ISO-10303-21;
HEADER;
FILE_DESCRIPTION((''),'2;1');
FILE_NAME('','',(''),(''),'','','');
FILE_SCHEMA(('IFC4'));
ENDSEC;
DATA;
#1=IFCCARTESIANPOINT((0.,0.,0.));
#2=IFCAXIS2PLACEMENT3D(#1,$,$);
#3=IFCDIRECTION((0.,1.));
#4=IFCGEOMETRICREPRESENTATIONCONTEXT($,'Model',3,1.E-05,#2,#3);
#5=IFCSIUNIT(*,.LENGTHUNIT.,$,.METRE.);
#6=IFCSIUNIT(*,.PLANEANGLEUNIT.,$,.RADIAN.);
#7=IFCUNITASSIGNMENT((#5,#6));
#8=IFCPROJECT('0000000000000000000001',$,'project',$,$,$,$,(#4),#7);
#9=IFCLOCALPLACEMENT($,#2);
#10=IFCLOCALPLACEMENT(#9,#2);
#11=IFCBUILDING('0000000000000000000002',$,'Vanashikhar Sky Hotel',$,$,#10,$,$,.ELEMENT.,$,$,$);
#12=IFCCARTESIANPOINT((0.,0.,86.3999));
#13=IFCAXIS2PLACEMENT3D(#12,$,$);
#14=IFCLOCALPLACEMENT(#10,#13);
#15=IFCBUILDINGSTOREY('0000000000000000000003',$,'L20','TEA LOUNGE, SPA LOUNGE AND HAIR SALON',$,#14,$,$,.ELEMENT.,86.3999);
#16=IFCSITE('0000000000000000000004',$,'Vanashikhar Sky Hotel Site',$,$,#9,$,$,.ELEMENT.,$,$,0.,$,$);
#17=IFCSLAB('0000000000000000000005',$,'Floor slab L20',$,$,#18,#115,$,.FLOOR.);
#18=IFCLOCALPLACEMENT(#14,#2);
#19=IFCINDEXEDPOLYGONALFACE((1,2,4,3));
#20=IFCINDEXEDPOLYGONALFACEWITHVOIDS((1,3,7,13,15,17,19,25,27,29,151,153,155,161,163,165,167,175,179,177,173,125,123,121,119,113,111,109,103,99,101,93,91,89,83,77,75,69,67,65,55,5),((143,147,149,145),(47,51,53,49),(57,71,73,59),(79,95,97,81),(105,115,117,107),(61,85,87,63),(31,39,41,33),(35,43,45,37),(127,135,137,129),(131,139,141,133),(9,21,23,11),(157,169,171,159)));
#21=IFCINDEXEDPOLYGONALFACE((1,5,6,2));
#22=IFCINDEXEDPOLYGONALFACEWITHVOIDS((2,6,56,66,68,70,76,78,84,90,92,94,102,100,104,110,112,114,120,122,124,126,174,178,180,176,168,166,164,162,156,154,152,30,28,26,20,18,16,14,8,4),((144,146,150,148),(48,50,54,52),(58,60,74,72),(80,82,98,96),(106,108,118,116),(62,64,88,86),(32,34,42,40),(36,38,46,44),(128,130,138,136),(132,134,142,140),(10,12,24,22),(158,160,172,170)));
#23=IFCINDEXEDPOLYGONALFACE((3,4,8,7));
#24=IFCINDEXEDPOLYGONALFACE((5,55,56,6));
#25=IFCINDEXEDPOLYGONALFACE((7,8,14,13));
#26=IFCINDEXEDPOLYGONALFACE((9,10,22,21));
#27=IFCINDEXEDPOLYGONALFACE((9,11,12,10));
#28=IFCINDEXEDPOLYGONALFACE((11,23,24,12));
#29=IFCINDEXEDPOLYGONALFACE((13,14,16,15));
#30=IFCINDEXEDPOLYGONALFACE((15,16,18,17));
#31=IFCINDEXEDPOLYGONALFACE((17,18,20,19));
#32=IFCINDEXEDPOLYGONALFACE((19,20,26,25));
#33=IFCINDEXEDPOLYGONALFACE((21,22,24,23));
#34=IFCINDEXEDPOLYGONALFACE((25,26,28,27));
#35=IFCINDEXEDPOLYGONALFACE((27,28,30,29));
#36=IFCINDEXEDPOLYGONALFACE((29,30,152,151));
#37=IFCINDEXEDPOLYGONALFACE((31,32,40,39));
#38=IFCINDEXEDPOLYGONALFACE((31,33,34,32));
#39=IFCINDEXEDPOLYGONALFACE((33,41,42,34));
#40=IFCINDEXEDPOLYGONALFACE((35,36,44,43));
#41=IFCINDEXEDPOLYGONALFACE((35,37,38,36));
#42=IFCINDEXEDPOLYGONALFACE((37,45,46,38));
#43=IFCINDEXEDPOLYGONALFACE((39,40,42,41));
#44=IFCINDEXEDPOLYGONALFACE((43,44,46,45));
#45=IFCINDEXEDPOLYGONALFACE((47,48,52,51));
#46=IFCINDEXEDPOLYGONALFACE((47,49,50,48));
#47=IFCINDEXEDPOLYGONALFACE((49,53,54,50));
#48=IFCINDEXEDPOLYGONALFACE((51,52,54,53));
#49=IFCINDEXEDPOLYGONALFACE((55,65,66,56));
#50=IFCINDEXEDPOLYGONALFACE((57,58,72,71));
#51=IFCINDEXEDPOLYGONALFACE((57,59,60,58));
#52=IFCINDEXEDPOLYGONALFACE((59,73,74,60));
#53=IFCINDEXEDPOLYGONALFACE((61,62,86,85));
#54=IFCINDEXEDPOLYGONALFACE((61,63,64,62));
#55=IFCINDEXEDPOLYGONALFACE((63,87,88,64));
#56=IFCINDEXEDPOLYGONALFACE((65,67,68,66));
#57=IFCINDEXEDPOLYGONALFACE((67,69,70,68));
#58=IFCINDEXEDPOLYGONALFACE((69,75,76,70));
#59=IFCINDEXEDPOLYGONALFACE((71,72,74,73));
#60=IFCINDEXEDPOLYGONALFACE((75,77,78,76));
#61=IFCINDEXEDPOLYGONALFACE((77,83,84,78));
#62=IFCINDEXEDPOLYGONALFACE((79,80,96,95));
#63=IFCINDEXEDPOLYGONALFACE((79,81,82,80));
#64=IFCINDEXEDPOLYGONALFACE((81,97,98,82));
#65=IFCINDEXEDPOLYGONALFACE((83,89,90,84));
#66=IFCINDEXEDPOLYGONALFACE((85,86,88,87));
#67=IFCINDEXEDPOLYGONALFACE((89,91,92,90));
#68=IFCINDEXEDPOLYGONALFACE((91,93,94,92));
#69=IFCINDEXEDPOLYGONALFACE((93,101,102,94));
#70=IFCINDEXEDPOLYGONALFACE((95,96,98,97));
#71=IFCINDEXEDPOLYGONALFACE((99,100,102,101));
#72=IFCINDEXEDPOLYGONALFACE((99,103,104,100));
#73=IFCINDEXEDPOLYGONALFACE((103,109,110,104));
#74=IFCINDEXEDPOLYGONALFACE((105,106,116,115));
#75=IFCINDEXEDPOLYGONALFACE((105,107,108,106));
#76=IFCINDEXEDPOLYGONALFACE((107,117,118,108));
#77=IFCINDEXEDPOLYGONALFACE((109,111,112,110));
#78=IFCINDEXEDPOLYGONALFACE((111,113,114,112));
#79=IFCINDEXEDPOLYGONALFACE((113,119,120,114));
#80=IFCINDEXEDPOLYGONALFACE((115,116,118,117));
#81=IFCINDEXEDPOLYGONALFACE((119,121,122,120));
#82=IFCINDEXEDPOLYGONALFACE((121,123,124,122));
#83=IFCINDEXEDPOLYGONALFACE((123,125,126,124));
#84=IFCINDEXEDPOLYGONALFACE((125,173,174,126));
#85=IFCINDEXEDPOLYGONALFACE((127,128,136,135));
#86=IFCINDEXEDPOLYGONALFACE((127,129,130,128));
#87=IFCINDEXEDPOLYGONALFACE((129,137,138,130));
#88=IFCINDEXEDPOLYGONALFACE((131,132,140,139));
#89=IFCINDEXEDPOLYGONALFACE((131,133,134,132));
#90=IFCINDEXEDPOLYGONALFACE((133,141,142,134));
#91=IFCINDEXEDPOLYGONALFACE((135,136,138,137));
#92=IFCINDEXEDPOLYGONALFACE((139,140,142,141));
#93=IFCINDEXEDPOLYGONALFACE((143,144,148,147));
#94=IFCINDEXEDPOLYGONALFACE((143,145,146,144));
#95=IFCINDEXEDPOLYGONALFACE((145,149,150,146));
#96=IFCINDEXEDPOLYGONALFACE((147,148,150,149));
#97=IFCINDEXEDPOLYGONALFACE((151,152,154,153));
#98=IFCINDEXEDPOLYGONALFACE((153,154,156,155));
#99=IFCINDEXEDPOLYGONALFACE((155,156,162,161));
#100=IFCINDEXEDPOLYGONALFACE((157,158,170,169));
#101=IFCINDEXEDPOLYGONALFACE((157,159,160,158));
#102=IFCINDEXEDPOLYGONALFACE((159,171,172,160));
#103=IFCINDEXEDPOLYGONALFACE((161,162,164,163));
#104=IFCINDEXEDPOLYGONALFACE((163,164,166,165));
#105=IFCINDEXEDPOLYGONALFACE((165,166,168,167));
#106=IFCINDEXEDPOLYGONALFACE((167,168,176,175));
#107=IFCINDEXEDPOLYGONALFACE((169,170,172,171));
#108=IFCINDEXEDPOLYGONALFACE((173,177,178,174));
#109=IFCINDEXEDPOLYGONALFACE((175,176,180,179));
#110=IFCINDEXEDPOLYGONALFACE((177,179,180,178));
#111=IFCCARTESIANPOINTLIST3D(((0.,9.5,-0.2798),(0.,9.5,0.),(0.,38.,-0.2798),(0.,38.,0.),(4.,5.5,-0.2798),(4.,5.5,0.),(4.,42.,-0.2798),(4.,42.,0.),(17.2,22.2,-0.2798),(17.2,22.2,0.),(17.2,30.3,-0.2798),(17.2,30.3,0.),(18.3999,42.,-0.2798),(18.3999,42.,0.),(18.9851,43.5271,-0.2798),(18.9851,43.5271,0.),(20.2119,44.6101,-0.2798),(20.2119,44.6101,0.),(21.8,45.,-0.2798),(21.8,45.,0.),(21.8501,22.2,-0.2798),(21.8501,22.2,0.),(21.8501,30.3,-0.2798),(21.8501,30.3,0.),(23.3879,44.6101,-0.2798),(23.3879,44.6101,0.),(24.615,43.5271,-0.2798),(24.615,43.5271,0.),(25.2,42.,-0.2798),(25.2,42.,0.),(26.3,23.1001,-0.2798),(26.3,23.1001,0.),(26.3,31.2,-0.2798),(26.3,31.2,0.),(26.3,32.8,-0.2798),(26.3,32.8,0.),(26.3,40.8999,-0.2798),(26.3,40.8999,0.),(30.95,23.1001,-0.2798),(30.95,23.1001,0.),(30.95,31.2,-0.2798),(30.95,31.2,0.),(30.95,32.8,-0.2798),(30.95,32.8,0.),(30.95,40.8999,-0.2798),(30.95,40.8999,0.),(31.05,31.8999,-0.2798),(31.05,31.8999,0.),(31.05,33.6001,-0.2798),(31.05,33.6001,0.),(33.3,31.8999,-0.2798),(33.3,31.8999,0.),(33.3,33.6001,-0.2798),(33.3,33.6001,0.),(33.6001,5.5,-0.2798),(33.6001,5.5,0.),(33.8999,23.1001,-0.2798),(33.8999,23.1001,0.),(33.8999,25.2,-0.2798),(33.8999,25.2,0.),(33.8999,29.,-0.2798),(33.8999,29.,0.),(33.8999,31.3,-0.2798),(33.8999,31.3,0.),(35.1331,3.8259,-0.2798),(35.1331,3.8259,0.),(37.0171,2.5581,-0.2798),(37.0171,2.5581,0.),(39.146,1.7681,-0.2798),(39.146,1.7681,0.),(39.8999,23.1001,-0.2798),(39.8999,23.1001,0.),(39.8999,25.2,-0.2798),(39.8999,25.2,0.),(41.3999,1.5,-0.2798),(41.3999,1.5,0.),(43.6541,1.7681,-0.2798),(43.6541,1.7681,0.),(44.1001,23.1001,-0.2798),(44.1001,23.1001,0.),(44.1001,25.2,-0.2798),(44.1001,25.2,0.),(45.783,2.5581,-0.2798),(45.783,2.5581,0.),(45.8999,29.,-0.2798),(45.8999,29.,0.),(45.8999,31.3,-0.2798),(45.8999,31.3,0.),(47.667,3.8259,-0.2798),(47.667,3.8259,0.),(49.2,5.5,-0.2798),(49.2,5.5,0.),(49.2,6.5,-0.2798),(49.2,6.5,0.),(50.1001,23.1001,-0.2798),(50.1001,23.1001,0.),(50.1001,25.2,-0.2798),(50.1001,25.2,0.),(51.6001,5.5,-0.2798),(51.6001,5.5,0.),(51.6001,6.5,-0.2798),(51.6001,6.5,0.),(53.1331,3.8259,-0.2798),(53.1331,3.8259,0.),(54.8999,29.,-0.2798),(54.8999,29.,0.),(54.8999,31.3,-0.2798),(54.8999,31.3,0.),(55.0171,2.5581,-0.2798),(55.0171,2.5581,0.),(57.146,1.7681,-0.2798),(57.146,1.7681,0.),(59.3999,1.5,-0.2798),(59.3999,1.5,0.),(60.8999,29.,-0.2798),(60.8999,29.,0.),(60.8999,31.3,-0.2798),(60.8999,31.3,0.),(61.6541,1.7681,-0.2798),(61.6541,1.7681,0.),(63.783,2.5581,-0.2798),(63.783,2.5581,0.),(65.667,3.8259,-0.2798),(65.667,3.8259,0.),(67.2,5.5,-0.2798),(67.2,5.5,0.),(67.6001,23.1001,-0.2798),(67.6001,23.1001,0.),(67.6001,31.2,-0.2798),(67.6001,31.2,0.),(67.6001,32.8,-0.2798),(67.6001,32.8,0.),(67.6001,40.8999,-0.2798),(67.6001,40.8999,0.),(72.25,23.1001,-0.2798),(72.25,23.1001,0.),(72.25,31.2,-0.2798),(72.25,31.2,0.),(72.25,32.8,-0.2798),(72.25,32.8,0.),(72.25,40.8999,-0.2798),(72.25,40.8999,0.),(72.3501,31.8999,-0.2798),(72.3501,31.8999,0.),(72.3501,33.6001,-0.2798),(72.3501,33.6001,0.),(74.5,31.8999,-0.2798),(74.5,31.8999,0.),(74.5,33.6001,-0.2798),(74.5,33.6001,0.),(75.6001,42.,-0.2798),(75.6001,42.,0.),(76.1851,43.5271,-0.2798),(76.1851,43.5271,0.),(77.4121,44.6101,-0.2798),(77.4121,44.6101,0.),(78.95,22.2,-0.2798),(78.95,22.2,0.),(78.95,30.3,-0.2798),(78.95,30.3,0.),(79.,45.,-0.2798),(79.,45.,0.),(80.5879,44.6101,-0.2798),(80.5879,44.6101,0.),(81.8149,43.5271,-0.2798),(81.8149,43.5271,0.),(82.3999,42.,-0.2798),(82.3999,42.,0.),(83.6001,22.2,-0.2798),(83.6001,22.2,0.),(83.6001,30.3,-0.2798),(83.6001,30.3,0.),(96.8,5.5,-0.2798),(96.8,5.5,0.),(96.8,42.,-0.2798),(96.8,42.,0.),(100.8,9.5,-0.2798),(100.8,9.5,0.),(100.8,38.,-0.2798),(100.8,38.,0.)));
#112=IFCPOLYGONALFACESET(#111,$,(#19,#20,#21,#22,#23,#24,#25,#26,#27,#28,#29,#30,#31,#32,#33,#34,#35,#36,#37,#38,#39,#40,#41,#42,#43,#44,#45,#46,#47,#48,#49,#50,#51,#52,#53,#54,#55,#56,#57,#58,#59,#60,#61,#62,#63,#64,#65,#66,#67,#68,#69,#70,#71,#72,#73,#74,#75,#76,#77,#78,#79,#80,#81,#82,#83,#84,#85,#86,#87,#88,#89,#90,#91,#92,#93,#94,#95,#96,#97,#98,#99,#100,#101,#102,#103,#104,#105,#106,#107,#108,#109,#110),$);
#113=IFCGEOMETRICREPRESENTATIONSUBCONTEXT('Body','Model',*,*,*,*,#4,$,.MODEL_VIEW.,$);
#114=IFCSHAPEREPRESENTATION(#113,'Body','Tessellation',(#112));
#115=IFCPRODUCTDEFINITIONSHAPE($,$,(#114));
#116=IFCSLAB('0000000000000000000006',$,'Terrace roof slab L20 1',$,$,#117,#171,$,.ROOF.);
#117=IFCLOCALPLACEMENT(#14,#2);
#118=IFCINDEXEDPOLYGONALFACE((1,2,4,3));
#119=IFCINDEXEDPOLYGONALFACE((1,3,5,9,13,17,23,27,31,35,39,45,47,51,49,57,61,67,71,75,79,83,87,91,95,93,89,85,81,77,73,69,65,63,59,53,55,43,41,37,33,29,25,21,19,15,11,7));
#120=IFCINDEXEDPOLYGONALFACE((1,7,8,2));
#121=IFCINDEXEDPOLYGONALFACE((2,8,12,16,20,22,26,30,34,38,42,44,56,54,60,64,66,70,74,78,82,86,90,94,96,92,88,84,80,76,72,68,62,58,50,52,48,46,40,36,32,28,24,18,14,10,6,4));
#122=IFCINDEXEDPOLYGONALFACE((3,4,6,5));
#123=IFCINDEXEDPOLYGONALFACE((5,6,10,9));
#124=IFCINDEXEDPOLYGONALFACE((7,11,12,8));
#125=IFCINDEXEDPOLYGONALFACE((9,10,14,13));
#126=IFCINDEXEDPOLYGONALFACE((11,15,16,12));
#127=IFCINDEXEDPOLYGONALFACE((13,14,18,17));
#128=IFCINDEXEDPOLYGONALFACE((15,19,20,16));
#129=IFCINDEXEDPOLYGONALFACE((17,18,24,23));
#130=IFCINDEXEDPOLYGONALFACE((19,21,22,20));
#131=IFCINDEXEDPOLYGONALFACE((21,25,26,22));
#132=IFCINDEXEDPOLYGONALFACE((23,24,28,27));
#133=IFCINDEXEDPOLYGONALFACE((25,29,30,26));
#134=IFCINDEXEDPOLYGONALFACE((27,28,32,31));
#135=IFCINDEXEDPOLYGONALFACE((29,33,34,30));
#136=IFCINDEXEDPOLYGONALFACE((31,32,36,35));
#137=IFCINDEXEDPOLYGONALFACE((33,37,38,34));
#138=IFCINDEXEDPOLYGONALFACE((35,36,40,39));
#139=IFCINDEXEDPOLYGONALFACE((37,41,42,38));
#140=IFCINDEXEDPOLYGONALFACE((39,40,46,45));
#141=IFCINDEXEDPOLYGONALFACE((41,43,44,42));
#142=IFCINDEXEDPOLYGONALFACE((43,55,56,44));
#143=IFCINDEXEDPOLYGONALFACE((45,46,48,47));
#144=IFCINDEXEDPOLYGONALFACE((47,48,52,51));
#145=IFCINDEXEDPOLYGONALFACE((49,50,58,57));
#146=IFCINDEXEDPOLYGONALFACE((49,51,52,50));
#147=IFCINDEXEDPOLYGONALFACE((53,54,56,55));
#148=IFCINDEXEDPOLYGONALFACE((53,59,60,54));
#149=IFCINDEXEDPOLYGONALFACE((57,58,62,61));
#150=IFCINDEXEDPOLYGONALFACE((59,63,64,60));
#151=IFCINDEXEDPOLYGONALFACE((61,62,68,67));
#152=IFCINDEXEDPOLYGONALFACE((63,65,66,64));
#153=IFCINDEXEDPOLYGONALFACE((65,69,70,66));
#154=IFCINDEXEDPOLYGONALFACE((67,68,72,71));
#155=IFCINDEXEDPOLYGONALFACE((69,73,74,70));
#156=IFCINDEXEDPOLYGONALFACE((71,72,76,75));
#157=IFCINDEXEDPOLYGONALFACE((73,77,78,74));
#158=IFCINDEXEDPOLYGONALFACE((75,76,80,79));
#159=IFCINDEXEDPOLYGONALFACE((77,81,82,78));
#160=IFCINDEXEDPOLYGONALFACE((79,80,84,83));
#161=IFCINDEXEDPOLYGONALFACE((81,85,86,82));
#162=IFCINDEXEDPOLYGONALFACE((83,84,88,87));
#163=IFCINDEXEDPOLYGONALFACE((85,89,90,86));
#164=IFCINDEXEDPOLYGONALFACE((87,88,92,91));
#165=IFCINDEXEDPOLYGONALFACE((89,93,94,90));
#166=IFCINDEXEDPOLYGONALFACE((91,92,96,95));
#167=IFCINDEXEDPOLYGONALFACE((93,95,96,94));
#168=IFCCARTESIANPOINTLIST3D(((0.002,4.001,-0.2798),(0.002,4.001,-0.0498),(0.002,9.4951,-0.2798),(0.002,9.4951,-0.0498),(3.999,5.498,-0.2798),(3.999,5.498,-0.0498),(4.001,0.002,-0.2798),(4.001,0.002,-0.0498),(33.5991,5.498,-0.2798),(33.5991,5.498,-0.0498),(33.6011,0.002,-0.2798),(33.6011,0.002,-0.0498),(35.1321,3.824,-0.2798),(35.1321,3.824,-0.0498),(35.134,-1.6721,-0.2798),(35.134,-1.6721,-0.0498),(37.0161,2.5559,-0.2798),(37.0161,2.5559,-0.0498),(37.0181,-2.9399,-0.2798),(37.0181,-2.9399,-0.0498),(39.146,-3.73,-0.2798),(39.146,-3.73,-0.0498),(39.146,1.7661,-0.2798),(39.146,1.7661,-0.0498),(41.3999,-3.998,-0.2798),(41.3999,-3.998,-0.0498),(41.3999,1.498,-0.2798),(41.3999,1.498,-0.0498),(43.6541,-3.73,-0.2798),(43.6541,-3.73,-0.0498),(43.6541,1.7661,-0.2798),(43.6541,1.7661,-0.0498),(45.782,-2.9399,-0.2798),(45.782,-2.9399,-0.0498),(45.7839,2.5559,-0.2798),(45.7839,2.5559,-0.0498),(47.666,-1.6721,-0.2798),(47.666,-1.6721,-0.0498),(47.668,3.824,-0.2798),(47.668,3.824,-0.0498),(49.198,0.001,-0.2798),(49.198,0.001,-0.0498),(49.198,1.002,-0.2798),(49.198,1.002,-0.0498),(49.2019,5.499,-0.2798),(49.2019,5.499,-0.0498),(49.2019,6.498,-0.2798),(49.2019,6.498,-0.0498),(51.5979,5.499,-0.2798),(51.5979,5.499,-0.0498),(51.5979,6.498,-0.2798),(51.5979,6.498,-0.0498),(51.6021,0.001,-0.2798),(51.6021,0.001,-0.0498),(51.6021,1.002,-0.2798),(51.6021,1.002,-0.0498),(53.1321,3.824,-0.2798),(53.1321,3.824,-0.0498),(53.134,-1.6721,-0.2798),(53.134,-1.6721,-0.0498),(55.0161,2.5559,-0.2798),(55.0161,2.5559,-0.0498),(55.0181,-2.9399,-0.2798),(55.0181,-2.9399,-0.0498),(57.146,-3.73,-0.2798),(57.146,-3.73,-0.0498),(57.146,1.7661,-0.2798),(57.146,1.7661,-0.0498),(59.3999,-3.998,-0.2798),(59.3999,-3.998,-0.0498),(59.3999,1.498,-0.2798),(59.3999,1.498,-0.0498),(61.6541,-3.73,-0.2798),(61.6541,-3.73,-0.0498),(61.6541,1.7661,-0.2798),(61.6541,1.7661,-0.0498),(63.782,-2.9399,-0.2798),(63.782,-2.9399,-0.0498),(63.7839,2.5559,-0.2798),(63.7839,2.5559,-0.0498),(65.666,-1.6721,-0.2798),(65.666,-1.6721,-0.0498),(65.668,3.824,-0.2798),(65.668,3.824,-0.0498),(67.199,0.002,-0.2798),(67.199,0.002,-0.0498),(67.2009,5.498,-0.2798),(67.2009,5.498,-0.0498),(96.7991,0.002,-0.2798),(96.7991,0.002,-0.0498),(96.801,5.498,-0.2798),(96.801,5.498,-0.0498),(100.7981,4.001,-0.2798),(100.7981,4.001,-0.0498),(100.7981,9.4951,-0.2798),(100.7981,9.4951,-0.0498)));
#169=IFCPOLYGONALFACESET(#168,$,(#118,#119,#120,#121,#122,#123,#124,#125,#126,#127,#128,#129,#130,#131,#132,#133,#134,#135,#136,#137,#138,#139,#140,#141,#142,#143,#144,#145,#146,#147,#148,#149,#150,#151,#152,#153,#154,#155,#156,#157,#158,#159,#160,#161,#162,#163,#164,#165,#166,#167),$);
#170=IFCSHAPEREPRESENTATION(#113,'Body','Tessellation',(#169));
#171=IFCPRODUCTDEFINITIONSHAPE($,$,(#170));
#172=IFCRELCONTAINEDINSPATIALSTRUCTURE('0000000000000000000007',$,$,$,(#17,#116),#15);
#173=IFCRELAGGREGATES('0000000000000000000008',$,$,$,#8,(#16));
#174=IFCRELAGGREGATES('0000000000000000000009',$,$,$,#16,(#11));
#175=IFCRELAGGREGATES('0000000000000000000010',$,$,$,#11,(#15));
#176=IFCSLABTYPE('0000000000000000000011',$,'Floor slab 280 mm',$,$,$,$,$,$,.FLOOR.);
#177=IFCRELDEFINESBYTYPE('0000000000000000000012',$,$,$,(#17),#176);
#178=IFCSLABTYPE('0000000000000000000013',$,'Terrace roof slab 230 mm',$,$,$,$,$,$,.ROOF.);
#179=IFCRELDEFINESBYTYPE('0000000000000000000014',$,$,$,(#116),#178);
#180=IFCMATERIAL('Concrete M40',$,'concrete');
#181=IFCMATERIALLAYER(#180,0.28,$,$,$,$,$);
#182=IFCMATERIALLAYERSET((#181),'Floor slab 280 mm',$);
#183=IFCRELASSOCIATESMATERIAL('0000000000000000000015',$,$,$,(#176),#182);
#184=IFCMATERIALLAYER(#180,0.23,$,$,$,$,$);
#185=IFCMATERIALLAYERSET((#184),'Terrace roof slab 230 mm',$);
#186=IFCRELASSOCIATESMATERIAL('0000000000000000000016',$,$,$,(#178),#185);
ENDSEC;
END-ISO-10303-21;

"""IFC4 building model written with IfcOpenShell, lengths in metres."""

from ifc_helpers import new_model, si_unit, direction, frame, origin, place, context, subcontext, project, spatial, polyline, outline, extrude, source, transform, mapped, material, layer, layer_set, type_object, element, save


model = new_model("IFC4")

# Units and contexts
model_context = context("Model", 3, precision=1e-05, world=origin(), true_north=direction((0.0, 1.0)))
body_context = subcontext(model_context, "Body", "Model", "MODEL_VIEW")
ifc_project = project(units=[si_unit("LENGTHUNIT", "METRE"), si_unit("PLANEANGLEUNIT", "RADIAN")], contexts=[model_context])

# Site, building, storey
site_placement = place(None, origin())
site = spatial("IfcSite", under=ifc_project, at=site_placement, Name="Vanashikhar Sky Hotel Site", CompositionType="ELEMENT", RefElevation=0.0)
building_placement = place(site_placement, origin())
building = spatial("IfcBuilding", under=site, at=building_placement, Name="Vanashikhar Sky Hotel", CompositionType="ELEMENT")
storey_placement = place(building_placement, frame((0.0, 0.0, 86.3999)))
storey = spatial("IfcBuildingStorey", under=building, at=storey_placement, Name="L20", Description="TEA LOUNGE, SPA LOUNGE AND HAIR SALON", CompositionType="ELEMENT", Elevation=86.3999)

# Slabs
ifc_material_1 = material(Name="Concrete M40", Category="concrete")
ifc_layer_1 = layer(ifc_material_1, 0.28)
ifc_layer_set_1 = layer_set([ifc_layer_1], Name="Floor slab 280 mm")
slab_type_1 = type_object("IfcSlabType", Name="Floor slab 280 mm", PredefinedType="FLOOR", material=ifc_layer_set_1)
shared_shape_1 = source(origin(), body_context, "Body", "SweptSolid", [
    extrude(outline(polyline([(49.2, 5.5), (49.2, 6.5), (51.6001, 6.5), (51.6001, 5.5), (53.1331, 3.8259), (55.0171, 2.5581), (57.146, 1.7681), (59.3999, 1.5), (61.6541, 1.7681), (63.783, 2.5581), (65.667, 3.8259), (67.2, 5.5), (96.8, 5.5), (100.8, 9.5), (100.8, 38.0), (96.8, 42.0), (82.3999, 42.0), (81.8149, 43.5271), (80.5879, 44.6101), (79.0, 45.0), (77.4121, 44.6101), (76.1851, 43.5271), (75.6001, 42.0), (25.2, 42.0), (24.615, 43.5271), (23.3879, 44.6101), (21.8, 45.0), (20.2119, 44.6101), (18.9851, 43.5271), (18.3999, 42.0), (4.0, 42.0), (0.0, 38.0), (0.0, 9.5), (4.0, 5.5), (33.6001, 5.5), (35.1331, 3.8259), (37.0171, 2.5581), (39.146, 1.7681), (41.3999, 1.5), (43.6541, 1.7681), (45.783, 2.5581), (47.667, 3.8259), (49.2, 5.5)]), holes=[polyline([(33.3, 33.6001), (31.05, 33.6001), (31.05, 31.8999), (33.3, 31.8999), (33.3, 33.6001)]), polyline([(33.8999, 25.2), (33.8999, 23.1001), (39.8999, 23.1001), (39.8999, 25.2), (33.8999, 25.2)]), polyline([(33.8999, 31.3), (33.8999, 29.0), (45.8999, 29.0), (45.8999, 31.3), (33.8999, 31.3)]), polyline([(44.1001, 25.2), (44.1001, 23.1001), (50.1001, 23.1001), (50.1001, 25.2), (44.1001, 25.2)]), polyline([(54.8999, 31.3), (54.8999, 29.0), (60.8999, 29.0), (60.8999, 31.3), (54.8999, 31.3)]), polyline([(74.5, 33.6001), (72.3501, 33.6001), (72.3501, 31.8999), (74.5, 31.8999), (74.5, 33.6001)]), polyline([(30.95, 23.1001), (30.95, 31.2), (26.3, 31.2), (26.3, 23.1001), (30.95, 23.1001)]), polyline([(72.25, 23.1001), (72.25, 31.2), (67.6001, 31.2), (67.6001, 23.1001), (72.25, 23.1001)]), polyline([(30.95, 32.8), (30.95, 40.8999), (26.3, 40.8999), (26.3, 32.8), (30.95, 32.8)]), polyline([(72.25, 32.8), (72.25, 40.8999), (67.6001, 40.8999), (67.6001, 32.8), (72.25, 32.8)]), polyline([(83.6001, 22.2), (83.6001, 30.3), (78.95, 30.3), (78.95, 22.2), (83.6001, 22.2)]), polyline([(21.8501, 22.2), (21.8501, 30.3), (17.2, 30.3), (17.2, 22.2), (21.8501, 22.2)])]), origin(), (0.0, 0.0, 1.0), 0.2798),
])
slab_1_placement = place(storey_placement, frame((0.0, 0.0, -0.2798)))
element("IfcSlab", 1, at=slab_1_placement, inside=storey, type_object=slab_type_1, Name="Floor slab L20", PredefinedType="FLOOR", context=body_context, shape_type="MappedRepresentation", body=[
    mapped(shared_shape_1, transform((0.0, 0.0, 0.0), scale=1.0)),
])
ifc_layer_2 = layer(ifc_material_1, 0.23)
ifc_layer_set_2 = layer_set([ifc_layer_2], Name="Terrace roof slab 230 mm")
slab_type_2 = type_object("IfcSlabType", Name="Terrace roof slab 230 mm", PredefinedType="ROOF", material=ifc_layer_set_2)
shared_shape_2 = source(origin(), body_context, "Body", "SweptSolid", [
    extrude(outline(polyline([(47.666, -1.6721), (49.198, 0.001), (49.198, 1.002), (51.6021, 1.002), (51.6021, 0.001), (53.134, -1.6721), (55.0181, -2.9399), (57.146, -3.73), (59.3999, -3.998), (61.6541, -3.73), (63.782, -2.9399), (65.666, -1.6721), (67.199, 0.002), (96.7991, 0.002), (100.7981, 4.001), (100.7981, 9.4951), (96.801, 5.498), (67.2009, 5.498), (65.668, 3.824), (63.7839, 2.5559), (61.6541, 1.7661), (59.3999, 1.498), (57.146, 1.7661), (55.0161, 2.5559), (53.1321, 3.824), (51.5979, 5.499), (51.5979, 6.498), (49.2019, 6.498), (49.2019, 5.499), (47.668, 3.824), (45.7839, 2.5559), (43.6541, 1.7661), (41.3999, 1.498), (39.146, 1.7661), (37.0161, 2.5559), (35.1321, 3.824), (33.5991, 5.498), (3.999, 5.498), (0.002, 9.4951), (0.002, 4.001), (4.001, 0.002), (33.6011, 0.002), (35.134, -1.6721), (37.0181, -2.9399), (39.146, -3.73), (41.3999, -3.998), (43.6541, -3.73), (45.782, -2.9399), (47.666, -1.6721)])), origin(), (0.0, 0.0, 1.0), 0.23),
])
slab_2_placement = place(storey_placement, frame((0.0, 0.0, -0.2798)))
element("IfcSlab", 2, at=slab_2_placement, inside=storey, type_object=slab_type_2, Name="Terrace roof slab L20 1", PredefinedType="ROOF", context=body_context, shape_type="MappedRepresentation", body=[
    mapped(shared_shape_2, transform((0.0, 0.0, 0.0), scale=1.0)),
])

save(model, "model.ifc")
